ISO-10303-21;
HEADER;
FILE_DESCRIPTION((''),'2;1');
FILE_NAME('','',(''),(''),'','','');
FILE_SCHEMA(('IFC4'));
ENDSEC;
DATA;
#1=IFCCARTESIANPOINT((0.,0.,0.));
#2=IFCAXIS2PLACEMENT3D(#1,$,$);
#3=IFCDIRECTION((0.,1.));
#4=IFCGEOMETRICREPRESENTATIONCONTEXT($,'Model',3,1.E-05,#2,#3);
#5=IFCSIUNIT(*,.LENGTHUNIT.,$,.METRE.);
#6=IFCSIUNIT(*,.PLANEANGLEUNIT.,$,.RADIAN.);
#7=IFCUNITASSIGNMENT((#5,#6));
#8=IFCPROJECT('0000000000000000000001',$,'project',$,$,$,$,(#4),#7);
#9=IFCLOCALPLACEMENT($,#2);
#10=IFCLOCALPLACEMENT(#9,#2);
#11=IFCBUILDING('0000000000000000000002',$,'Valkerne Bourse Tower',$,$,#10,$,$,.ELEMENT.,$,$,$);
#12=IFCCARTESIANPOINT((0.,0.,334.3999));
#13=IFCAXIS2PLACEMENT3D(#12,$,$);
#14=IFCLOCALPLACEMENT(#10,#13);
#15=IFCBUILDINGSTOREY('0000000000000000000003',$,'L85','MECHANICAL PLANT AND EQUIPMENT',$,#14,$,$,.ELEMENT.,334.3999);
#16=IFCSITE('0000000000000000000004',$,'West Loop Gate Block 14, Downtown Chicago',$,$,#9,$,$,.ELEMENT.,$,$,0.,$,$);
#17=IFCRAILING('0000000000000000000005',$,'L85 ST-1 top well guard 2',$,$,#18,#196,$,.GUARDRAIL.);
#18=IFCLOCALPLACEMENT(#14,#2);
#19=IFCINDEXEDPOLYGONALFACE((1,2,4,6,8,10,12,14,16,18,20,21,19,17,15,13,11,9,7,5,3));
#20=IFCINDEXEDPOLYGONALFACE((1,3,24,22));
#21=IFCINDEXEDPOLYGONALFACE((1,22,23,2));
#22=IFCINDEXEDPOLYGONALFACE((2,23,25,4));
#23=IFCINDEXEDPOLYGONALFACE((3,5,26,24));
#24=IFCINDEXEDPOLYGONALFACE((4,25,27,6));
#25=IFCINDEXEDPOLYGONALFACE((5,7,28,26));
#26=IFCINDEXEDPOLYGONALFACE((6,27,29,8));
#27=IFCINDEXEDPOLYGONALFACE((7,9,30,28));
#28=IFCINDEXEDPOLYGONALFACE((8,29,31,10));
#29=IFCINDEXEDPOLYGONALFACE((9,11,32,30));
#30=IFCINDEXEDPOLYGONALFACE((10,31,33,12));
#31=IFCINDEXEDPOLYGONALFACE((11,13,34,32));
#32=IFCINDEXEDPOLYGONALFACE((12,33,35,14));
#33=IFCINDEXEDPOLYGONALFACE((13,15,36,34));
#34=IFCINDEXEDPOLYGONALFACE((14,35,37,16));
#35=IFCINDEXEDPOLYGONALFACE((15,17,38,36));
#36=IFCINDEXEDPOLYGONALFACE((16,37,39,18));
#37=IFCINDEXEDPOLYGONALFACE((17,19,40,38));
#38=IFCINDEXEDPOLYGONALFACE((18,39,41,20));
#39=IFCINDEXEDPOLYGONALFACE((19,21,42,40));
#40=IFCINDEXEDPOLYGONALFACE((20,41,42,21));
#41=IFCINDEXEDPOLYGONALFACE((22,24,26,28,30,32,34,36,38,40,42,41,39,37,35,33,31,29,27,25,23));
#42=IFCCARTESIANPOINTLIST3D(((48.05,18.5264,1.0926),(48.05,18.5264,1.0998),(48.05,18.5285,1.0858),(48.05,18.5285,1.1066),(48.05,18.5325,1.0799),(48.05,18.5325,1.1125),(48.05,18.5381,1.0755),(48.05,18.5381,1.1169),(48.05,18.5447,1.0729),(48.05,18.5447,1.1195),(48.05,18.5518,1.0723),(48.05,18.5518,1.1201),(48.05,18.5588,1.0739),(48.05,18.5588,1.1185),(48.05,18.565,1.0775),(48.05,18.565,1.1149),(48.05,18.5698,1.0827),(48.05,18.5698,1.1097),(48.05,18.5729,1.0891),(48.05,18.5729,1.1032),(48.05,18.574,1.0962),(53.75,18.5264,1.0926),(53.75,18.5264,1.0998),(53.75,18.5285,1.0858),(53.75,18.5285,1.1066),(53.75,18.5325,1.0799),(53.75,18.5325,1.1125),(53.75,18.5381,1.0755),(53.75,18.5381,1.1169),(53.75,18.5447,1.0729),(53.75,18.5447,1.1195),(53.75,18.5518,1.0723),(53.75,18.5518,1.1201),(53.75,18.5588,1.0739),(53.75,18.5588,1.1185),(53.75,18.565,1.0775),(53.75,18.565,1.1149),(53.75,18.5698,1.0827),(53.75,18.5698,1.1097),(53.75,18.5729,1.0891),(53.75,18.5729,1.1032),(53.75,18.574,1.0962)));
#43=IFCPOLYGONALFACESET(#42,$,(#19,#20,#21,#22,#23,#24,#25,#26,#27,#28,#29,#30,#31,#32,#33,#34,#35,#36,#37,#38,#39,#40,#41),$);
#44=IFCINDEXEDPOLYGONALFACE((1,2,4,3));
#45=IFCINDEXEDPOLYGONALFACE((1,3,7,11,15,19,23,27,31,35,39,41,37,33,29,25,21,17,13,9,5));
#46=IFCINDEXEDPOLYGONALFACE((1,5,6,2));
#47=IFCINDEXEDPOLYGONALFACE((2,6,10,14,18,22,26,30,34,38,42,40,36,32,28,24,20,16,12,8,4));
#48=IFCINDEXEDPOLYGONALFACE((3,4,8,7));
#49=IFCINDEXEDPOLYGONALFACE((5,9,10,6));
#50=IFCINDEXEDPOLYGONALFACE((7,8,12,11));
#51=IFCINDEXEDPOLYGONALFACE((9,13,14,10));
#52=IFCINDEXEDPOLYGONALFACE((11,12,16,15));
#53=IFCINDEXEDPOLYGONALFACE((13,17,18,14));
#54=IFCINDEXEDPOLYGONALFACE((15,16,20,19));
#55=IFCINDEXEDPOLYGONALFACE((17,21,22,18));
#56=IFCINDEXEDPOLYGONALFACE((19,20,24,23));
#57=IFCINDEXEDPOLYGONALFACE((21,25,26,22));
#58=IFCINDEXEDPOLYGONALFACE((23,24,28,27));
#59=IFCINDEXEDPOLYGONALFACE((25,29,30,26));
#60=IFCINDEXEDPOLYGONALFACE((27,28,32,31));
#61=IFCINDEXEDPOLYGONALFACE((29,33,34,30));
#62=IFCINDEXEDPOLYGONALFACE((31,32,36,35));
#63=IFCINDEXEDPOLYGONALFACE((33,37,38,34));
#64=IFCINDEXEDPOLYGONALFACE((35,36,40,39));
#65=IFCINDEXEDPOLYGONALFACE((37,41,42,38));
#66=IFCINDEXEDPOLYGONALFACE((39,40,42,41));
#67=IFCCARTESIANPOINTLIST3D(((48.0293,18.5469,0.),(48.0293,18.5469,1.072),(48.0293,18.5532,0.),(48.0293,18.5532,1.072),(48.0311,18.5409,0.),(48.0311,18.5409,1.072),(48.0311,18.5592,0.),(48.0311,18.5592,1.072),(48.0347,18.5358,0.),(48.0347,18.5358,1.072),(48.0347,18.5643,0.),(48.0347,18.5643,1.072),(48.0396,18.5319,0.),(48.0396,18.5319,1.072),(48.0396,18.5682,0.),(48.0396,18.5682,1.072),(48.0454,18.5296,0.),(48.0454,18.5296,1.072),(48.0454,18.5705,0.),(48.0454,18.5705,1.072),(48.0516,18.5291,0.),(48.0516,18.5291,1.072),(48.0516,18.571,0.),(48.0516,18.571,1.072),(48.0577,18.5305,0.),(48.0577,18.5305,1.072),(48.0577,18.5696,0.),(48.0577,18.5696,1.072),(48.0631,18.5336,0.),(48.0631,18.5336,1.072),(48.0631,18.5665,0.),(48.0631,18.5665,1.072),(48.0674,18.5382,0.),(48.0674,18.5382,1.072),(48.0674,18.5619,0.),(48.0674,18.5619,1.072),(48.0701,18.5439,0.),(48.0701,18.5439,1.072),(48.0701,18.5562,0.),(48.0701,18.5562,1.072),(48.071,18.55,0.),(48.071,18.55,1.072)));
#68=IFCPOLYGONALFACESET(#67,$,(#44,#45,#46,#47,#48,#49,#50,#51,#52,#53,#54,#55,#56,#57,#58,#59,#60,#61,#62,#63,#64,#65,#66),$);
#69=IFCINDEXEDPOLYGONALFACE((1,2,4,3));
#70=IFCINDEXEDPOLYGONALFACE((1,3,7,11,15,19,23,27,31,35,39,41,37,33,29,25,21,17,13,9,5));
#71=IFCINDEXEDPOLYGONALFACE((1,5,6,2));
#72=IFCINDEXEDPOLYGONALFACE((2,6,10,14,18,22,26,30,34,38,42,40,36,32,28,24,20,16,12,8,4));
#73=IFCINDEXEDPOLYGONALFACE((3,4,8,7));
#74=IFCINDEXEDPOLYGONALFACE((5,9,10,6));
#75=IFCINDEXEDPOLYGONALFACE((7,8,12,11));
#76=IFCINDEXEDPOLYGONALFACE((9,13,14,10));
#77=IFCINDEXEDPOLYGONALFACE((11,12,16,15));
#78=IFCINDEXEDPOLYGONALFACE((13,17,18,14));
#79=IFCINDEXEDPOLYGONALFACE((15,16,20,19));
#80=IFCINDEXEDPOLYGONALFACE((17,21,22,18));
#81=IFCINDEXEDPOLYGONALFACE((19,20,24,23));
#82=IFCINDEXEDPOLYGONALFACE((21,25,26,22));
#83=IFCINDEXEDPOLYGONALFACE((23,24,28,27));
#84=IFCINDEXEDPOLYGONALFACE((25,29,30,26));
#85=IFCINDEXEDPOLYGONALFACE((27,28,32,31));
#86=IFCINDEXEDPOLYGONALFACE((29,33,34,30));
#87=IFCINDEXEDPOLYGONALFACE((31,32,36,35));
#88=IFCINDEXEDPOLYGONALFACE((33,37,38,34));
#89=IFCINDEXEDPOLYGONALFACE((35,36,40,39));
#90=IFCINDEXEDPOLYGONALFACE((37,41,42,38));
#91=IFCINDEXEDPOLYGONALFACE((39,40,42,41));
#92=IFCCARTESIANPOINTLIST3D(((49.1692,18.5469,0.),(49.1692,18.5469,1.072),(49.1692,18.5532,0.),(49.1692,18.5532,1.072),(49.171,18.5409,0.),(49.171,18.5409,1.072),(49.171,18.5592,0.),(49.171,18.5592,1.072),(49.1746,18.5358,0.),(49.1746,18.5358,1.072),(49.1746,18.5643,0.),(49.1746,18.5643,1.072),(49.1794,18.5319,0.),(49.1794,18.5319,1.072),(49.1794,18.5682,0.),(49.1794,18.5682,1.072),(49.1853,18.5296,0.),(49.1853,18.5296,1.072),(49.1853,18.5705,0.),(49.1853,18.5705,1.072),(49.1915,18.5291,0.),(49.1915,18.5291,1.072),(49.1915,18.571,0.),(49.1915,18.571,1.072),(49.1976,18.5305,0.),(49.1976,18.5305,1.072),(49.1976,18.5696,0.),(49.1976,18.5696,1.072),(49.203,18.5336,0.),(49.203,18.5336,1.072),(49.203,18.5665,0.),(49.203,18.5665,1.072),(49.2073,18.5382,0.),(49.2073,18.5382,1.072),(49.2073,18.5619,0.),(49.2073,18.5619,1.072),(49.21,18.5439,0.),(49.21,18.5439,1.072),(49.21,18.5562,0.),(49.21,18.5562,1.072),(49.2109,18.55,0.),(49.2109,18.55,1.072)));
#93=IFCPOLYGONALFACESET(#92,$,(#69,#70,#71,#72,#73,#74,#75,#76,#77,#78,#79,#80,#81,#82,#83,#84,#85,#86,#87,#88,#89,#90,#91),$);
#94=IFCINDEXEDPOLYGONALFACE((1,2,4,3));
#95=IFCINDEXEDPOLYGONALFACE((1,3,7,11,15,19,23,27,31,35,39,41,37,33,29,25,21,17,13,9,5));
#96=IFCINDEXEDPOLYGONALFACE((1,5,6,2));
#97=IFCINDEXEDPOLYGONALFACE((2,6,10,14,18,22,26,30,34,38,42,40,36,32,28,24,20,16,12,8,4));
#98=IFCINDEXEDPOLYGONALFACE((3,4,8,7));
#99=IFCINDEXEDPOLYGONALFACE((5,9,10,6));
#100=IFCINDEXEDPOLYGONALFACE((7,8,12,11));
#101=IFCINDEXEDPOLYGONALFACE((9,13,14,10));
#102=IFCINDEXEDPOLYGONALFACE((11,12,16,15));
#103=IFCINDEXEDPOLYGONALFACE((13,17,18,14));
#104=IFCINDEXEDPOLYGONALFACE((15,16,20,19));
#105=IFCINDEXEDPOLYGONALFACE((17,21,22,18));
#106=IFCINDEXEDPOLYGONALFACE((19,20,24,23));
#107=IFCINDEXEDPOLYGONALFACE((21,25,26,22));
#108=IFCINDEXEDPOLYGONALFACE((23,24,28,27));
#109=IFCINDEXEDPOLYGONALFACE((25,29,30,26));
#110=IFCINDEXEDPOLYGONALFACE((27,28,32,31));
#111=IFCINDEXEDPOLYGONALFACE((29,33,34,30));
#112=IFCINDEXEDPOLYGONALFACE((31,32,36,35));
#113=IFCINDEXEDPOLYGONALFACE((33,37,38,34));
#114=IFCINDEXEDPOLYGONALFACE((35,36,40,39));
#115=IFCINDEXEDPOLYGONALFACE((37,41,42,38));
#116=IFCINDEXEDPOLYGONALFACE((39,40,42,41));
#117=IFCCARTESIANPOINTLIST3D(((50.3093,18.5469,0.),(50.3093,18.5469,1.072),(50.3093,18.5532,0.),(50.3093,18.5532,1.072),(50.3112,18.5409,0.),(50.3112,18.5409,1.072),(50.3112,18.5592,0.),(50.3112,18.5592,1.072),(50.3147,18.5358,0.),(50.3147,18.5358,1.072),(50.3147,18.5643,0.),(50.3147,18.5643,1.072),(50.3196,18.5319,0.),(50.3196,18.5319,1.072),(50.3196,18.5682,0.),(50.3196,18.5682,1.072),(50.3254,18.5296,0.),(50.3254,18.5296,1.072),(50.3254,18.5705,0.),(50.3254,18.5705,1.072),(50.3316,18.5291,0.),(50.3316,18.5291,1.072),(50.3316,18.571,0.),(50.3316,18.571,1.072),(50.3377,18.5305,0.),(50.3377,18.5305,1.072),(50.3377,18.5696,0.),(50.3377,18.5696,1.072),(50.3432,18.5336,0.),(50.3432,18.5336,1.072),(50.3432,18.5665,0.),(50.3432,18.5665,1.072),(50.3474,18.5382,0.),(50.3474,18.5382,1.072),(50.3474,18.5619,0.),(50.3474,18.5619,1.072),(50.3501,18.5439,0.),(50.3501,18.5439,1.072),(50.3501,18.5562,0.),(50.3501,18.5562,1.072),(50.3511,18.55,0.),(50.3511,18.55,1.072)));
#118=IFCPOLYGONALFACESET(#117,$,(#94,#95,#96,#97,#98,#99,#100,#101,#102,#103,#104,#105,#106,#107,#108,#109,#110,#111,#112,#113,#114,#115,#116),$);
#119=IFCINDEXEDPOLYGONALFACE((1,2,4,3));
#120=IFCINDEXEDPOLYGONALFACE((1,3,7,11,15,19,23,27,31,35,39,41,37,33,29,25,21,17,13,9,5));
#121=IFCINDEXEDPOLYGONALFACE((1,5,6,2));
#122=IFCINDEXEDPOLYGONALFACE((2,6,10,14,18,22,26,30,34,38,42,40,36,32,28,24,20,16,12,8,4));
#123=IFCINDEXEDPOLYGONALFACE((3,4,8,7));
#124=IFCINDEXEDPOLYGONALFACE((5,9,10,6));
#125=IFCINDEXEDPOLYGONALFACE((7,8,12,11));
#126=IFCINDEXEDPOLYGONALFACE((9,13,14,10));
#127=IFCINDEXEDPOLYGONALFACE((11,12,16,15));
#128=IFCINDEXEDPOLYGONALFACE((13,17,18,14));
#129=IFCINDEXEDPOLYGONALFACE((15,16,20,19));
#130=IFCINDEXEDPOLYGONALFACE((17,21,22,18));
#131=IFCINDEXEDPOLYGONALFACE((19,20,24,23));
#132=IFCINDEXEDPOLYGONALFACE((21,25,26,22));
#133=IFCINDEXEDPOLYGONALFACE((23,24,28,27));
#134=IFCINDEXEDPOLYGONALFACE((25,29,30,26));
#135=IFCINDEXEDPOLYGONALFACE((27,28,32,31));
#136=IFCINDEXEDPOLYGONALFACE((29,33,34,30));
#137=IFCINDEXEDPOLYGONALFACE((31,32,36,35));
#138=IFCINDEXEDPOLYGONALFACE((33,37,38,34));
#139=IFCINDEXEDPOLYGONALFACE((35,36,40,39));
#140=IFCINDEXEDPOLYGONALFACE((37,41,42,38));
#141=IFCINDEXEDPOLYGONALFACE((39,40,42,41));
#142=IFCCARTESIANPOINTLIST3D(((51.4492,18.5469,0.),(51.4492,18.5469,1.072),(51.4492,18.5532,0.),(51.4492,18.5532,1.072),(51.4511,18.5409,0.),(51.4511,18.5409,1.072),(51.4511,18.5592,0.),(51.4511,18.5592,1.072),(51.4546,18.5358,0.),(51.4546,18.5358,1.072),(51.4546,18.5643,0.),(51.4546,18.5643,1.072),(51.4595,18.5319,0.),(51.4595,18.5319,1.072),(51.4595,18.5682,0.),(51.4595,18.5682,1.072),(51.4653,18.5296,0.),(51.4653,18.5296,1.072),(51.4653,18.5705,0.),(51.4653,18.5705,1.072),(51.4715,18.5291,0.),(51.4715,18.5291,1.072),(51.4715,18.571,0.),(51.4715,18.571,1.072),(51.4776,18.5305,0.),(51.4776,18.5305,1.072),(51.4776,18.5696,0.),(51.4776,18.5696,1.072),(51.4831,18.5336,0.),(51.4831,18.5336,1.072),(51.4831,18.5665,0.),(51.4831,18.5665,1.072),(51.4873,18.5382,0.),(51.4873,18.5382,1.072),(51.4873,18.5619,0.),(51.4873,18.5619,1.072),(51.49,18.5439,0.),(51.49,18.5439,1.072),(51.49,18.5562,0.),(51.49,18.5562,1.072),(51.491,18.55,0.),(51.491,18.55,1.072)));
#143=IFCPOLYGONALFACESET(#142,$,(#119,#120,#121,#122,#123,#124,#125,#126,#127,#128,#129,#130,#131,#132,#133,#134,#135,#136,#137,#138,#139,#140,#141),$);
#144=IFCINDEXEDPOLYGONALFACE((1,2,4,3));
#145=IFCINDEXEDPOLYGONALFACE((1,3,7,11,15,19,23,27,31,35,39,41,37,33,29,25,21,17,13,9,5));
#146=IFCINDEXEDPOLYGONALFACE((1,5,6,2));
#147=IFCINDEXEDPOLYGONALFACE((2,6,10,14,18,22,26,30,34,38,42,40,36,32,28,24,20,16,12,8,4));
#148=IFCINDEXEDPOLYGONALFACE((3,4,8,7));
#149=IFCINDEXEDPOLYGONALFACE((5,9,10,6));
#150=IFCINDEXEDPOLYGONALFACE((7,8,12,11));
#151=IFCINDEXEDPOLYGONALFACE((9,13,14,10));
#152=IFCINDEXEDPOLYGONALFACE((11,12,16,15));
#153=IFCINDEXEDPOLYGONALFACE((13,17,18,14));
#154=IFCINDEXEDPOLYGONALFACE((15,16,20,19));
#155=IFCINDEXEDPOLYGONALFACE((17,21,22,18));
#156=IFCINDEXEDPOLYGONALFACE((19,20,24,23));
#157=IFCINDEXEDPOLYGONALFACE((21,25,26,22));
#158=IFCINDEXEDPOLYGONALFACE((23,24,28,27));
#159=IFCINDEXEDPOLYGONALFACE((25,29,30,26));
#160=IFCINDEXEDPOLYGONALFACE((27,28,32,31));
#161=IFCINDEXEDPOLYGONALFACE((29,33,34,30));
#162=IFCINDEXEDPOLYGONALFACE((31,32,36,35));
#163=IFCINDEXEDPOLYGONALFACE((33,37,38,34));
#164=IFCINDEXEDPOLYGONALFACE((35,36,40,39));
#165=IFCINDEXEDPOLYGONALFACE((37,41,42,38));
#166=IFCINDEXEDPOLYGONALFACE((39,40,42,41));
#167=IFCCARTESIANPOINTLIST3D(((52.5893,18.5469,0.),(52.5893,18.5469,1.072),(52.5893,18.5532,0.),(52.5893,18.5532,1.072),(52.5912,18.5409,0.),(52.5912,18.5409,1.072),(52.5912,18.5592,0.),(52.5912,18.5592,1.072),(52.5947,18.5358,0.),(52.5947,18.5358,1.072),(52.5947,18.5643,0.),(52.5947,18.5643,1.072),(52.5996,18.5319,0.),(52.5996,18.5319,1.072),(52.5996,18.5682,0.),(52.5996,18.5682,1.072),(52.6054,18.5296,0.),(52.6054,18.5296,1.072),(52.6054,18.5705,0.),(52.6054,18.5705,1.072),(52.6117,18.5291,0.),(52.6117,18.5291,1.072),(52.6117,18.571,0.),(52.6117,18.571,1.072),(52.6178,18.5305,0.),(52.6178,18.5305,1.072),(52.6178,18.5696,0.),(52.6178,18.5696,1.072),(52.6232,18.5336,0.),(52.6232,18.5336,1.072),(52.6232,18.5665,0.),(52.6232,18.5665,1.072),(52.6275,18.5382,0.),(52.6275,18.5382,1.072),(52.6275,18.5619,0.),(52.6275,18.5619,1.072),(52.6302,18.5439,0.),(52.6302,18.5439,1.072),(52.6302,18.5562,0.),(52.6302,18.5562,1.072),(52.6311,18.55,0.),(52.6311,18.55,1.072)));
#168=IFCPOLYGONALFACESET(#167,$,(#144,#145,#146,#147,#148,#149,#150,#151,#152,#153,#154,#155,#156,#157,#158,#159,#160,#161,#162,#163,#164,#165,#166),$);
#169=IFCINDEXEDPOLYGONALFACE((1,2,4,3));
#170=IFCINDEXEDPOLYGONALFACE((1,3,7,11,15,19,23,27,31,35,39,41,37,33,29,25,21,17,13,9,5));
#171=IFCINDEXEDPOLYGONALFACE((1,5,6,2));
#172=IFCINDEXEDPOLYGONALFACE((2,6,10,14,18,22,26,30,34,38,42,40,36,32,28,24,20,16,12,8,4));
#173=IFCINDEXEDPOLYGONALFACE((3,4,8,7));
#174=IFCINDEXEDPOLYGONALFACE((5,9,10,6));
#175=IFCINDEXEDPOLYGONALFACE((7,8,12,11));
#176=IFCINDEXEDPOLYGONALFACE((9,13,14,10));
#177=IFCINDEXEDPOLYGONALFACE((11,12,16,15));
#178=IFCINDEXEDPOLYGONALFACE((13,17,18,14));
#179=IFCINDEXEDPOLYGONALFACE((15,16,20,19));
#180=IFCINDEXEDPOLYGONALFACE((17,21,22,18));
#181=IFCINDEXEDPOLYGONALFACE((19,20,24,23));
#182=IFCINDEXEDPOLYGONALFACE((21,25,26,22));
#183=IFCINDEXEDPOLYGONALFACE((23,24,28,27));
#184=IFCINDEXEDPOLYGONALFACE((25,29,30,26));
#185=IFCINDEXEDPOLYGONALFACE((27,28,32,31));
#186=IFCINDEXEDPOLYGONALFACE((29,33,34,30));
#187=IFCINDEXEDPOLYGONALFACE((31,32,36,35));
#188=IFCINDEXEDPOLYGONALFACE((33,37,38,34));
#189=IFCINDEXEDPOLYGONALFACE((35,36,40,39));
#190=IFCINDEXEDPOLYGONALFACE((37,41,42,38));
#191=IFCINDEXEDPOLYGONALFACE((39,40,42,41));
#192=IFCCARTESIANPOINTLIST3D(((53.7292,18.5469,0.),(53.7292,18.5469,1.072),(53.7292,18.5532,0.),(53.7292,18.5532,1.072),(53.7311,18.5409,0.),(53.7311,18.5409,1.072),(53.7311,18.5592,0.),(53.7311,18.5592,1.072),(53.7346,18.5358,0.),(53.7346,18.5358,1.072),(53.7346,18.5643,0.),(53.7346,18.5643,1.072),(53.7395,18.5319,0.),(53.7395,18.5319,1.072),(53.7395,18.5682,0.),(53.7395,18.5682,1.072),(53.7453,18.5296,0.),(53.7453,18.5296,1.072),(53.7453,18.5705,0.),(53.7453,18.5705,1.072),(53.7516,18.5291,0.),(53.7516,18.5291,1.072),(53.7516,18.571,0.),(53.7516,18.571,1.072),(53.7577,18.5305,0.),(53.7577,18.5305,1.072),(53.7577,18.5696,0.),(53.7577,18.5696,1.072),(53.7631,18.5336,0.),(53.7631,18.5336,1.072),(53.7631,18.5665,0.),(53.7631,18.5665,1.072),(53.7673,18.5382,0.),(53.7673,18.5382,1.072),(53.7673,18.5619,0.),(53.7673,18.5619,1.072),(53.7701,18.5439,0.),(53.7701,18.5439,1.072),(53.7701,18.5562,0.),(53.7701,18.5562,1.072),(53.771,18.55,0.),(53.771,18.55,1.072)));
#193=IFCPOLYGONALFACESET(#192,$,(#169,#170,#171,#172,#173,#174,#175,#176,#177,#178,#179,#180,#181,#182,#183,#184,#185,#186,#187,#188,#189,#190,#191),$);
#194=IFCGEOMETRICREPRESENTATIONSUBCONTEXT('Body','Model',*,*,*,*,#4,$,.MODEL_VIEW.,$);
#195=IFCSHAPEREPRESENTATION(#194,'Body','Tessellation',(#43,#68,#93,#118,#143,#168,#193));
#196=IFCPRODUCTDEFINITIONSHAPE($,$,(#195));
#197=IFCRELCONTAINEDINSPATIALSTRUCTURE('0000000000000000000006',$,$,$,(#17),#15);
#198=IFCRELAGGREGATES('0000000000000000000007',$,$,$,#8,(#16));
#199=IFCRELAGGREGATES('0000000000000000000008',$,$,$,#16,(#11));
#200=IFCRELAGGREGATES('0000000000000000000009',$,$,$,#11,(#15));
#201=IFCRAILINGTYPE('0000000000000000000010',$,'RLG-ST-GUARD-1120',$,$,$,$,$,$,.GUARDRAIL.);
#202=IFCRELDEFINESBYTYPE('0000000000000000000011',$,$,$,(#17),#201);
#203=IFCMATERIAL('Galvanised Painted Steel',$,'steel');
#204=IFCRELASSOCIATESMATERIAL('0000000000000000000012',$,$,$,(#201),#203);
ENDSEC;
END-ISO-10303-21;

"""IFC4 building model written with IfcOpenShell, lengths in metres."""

from ifc_helpers import new_model, si_unit, direction, frame, origin, origin_2d, place, context, subcontext, project, spatial, circle, extrude, material, type_object, element, save


model = new_model("IFC4")

# Units and contexts
model_context = context("Model", 3, precision=1e-05, world=origin(), true_north=direction((0.0, 1.0)))
body_context = subcontext(model_context, "Body", "Model", "MODEL_VIEW")
ifc_project = project(units=[si_unit("LENGTHUNIT", "METRE"), si_unit("PLANEANGLEUNIT", "RADIAN")], contexts=[model_context])

# Site, building, storey
site_placement = place(None, origin())
site = spatial("IfcSite", under=ifc_project, at=site_placement, Name="West Loop Gate Block 14, Downtown Chicago", CompositionType="ELEMENT", RefElevation=0.0)
building_placement = place(site_placement, origin())
building = spatial("IfcBuilding", under=site, at=building_placement, Name="Valkerne Bourse Tower", CompositionType="ELEMENT")
storey_placement = place(building_placement, frame((0.0, 0.0, 334.3999)))
storey = spatial("IfcBuildingStorey", under=building, at=storey_placement, Name="L85", Description="MECHANICAL PLANT AND EQUIPMENT", CompositionType="ELEMENT", Elevation=334.3999)

# Railing
ifc_material_1 = material(Name="Galvanised Painted Steel", Category="steel")
railing_type = type_object("IfcRailingType", Name="RLG-ST-GUARD-1120", PredefinedType="GUARDRAIL", material=ifc_material_1)
for number, where, name in (
    (1, (48.05, 18.55, 0.0), "L85 ST-1 top well guard 2"),
):
    element("IfcRailing", number, at=place(storey_placement, frame(where)), inside=storey, type_object=railing_type, Name=name, PredefinedType="GUARDRAIL", context=body_context, shape_type="SweptSolid", body=[
        extrude(circle(Radius=0.0239, at=origin_2d()), frame((0.0, 0.0, 1.0962), z_axis=(1.0, 0.0, 0.0), x_axis=(0.0, 1.0, 0.0)), (0.0, 0.0, 1.0), 5.7),
        extrude(circle(Radius=0.021, at=origin_2d()), origin(), (0.0, 0.0, 1.0), 1.072),
        extrude(circle(Radius=0.021, at=origin_2d()), frame((1.1399, 0.0, 0.0)), (0.0, 0.0, 1.0), 1.072),
        extrude(circle(Radius=0.021, at=origin_2d()), frame((2.28, 0.0, 0.0)), (0.0, 0.0, 1.0), 1.072),
        extrude(circle(Radius=0.021, at=origin_2d()), frame((3.4199, 0.0, 0.0)), (0.0, 0.0, 1.0), 1.072),
        extrude(circle(Radius=0.021, at=origin_2d()), frame((4.5601, 0.0, 0.0)), (0.0, 0.0, 1.0), 1.072),
        extrude(circle(Radius=0.021, at=origin_2d()), frame((5.7, 0.0, 0.0)), (0.0, 0.0, 1.0), 1.072),
    ])

save(model, "model.ifc")
